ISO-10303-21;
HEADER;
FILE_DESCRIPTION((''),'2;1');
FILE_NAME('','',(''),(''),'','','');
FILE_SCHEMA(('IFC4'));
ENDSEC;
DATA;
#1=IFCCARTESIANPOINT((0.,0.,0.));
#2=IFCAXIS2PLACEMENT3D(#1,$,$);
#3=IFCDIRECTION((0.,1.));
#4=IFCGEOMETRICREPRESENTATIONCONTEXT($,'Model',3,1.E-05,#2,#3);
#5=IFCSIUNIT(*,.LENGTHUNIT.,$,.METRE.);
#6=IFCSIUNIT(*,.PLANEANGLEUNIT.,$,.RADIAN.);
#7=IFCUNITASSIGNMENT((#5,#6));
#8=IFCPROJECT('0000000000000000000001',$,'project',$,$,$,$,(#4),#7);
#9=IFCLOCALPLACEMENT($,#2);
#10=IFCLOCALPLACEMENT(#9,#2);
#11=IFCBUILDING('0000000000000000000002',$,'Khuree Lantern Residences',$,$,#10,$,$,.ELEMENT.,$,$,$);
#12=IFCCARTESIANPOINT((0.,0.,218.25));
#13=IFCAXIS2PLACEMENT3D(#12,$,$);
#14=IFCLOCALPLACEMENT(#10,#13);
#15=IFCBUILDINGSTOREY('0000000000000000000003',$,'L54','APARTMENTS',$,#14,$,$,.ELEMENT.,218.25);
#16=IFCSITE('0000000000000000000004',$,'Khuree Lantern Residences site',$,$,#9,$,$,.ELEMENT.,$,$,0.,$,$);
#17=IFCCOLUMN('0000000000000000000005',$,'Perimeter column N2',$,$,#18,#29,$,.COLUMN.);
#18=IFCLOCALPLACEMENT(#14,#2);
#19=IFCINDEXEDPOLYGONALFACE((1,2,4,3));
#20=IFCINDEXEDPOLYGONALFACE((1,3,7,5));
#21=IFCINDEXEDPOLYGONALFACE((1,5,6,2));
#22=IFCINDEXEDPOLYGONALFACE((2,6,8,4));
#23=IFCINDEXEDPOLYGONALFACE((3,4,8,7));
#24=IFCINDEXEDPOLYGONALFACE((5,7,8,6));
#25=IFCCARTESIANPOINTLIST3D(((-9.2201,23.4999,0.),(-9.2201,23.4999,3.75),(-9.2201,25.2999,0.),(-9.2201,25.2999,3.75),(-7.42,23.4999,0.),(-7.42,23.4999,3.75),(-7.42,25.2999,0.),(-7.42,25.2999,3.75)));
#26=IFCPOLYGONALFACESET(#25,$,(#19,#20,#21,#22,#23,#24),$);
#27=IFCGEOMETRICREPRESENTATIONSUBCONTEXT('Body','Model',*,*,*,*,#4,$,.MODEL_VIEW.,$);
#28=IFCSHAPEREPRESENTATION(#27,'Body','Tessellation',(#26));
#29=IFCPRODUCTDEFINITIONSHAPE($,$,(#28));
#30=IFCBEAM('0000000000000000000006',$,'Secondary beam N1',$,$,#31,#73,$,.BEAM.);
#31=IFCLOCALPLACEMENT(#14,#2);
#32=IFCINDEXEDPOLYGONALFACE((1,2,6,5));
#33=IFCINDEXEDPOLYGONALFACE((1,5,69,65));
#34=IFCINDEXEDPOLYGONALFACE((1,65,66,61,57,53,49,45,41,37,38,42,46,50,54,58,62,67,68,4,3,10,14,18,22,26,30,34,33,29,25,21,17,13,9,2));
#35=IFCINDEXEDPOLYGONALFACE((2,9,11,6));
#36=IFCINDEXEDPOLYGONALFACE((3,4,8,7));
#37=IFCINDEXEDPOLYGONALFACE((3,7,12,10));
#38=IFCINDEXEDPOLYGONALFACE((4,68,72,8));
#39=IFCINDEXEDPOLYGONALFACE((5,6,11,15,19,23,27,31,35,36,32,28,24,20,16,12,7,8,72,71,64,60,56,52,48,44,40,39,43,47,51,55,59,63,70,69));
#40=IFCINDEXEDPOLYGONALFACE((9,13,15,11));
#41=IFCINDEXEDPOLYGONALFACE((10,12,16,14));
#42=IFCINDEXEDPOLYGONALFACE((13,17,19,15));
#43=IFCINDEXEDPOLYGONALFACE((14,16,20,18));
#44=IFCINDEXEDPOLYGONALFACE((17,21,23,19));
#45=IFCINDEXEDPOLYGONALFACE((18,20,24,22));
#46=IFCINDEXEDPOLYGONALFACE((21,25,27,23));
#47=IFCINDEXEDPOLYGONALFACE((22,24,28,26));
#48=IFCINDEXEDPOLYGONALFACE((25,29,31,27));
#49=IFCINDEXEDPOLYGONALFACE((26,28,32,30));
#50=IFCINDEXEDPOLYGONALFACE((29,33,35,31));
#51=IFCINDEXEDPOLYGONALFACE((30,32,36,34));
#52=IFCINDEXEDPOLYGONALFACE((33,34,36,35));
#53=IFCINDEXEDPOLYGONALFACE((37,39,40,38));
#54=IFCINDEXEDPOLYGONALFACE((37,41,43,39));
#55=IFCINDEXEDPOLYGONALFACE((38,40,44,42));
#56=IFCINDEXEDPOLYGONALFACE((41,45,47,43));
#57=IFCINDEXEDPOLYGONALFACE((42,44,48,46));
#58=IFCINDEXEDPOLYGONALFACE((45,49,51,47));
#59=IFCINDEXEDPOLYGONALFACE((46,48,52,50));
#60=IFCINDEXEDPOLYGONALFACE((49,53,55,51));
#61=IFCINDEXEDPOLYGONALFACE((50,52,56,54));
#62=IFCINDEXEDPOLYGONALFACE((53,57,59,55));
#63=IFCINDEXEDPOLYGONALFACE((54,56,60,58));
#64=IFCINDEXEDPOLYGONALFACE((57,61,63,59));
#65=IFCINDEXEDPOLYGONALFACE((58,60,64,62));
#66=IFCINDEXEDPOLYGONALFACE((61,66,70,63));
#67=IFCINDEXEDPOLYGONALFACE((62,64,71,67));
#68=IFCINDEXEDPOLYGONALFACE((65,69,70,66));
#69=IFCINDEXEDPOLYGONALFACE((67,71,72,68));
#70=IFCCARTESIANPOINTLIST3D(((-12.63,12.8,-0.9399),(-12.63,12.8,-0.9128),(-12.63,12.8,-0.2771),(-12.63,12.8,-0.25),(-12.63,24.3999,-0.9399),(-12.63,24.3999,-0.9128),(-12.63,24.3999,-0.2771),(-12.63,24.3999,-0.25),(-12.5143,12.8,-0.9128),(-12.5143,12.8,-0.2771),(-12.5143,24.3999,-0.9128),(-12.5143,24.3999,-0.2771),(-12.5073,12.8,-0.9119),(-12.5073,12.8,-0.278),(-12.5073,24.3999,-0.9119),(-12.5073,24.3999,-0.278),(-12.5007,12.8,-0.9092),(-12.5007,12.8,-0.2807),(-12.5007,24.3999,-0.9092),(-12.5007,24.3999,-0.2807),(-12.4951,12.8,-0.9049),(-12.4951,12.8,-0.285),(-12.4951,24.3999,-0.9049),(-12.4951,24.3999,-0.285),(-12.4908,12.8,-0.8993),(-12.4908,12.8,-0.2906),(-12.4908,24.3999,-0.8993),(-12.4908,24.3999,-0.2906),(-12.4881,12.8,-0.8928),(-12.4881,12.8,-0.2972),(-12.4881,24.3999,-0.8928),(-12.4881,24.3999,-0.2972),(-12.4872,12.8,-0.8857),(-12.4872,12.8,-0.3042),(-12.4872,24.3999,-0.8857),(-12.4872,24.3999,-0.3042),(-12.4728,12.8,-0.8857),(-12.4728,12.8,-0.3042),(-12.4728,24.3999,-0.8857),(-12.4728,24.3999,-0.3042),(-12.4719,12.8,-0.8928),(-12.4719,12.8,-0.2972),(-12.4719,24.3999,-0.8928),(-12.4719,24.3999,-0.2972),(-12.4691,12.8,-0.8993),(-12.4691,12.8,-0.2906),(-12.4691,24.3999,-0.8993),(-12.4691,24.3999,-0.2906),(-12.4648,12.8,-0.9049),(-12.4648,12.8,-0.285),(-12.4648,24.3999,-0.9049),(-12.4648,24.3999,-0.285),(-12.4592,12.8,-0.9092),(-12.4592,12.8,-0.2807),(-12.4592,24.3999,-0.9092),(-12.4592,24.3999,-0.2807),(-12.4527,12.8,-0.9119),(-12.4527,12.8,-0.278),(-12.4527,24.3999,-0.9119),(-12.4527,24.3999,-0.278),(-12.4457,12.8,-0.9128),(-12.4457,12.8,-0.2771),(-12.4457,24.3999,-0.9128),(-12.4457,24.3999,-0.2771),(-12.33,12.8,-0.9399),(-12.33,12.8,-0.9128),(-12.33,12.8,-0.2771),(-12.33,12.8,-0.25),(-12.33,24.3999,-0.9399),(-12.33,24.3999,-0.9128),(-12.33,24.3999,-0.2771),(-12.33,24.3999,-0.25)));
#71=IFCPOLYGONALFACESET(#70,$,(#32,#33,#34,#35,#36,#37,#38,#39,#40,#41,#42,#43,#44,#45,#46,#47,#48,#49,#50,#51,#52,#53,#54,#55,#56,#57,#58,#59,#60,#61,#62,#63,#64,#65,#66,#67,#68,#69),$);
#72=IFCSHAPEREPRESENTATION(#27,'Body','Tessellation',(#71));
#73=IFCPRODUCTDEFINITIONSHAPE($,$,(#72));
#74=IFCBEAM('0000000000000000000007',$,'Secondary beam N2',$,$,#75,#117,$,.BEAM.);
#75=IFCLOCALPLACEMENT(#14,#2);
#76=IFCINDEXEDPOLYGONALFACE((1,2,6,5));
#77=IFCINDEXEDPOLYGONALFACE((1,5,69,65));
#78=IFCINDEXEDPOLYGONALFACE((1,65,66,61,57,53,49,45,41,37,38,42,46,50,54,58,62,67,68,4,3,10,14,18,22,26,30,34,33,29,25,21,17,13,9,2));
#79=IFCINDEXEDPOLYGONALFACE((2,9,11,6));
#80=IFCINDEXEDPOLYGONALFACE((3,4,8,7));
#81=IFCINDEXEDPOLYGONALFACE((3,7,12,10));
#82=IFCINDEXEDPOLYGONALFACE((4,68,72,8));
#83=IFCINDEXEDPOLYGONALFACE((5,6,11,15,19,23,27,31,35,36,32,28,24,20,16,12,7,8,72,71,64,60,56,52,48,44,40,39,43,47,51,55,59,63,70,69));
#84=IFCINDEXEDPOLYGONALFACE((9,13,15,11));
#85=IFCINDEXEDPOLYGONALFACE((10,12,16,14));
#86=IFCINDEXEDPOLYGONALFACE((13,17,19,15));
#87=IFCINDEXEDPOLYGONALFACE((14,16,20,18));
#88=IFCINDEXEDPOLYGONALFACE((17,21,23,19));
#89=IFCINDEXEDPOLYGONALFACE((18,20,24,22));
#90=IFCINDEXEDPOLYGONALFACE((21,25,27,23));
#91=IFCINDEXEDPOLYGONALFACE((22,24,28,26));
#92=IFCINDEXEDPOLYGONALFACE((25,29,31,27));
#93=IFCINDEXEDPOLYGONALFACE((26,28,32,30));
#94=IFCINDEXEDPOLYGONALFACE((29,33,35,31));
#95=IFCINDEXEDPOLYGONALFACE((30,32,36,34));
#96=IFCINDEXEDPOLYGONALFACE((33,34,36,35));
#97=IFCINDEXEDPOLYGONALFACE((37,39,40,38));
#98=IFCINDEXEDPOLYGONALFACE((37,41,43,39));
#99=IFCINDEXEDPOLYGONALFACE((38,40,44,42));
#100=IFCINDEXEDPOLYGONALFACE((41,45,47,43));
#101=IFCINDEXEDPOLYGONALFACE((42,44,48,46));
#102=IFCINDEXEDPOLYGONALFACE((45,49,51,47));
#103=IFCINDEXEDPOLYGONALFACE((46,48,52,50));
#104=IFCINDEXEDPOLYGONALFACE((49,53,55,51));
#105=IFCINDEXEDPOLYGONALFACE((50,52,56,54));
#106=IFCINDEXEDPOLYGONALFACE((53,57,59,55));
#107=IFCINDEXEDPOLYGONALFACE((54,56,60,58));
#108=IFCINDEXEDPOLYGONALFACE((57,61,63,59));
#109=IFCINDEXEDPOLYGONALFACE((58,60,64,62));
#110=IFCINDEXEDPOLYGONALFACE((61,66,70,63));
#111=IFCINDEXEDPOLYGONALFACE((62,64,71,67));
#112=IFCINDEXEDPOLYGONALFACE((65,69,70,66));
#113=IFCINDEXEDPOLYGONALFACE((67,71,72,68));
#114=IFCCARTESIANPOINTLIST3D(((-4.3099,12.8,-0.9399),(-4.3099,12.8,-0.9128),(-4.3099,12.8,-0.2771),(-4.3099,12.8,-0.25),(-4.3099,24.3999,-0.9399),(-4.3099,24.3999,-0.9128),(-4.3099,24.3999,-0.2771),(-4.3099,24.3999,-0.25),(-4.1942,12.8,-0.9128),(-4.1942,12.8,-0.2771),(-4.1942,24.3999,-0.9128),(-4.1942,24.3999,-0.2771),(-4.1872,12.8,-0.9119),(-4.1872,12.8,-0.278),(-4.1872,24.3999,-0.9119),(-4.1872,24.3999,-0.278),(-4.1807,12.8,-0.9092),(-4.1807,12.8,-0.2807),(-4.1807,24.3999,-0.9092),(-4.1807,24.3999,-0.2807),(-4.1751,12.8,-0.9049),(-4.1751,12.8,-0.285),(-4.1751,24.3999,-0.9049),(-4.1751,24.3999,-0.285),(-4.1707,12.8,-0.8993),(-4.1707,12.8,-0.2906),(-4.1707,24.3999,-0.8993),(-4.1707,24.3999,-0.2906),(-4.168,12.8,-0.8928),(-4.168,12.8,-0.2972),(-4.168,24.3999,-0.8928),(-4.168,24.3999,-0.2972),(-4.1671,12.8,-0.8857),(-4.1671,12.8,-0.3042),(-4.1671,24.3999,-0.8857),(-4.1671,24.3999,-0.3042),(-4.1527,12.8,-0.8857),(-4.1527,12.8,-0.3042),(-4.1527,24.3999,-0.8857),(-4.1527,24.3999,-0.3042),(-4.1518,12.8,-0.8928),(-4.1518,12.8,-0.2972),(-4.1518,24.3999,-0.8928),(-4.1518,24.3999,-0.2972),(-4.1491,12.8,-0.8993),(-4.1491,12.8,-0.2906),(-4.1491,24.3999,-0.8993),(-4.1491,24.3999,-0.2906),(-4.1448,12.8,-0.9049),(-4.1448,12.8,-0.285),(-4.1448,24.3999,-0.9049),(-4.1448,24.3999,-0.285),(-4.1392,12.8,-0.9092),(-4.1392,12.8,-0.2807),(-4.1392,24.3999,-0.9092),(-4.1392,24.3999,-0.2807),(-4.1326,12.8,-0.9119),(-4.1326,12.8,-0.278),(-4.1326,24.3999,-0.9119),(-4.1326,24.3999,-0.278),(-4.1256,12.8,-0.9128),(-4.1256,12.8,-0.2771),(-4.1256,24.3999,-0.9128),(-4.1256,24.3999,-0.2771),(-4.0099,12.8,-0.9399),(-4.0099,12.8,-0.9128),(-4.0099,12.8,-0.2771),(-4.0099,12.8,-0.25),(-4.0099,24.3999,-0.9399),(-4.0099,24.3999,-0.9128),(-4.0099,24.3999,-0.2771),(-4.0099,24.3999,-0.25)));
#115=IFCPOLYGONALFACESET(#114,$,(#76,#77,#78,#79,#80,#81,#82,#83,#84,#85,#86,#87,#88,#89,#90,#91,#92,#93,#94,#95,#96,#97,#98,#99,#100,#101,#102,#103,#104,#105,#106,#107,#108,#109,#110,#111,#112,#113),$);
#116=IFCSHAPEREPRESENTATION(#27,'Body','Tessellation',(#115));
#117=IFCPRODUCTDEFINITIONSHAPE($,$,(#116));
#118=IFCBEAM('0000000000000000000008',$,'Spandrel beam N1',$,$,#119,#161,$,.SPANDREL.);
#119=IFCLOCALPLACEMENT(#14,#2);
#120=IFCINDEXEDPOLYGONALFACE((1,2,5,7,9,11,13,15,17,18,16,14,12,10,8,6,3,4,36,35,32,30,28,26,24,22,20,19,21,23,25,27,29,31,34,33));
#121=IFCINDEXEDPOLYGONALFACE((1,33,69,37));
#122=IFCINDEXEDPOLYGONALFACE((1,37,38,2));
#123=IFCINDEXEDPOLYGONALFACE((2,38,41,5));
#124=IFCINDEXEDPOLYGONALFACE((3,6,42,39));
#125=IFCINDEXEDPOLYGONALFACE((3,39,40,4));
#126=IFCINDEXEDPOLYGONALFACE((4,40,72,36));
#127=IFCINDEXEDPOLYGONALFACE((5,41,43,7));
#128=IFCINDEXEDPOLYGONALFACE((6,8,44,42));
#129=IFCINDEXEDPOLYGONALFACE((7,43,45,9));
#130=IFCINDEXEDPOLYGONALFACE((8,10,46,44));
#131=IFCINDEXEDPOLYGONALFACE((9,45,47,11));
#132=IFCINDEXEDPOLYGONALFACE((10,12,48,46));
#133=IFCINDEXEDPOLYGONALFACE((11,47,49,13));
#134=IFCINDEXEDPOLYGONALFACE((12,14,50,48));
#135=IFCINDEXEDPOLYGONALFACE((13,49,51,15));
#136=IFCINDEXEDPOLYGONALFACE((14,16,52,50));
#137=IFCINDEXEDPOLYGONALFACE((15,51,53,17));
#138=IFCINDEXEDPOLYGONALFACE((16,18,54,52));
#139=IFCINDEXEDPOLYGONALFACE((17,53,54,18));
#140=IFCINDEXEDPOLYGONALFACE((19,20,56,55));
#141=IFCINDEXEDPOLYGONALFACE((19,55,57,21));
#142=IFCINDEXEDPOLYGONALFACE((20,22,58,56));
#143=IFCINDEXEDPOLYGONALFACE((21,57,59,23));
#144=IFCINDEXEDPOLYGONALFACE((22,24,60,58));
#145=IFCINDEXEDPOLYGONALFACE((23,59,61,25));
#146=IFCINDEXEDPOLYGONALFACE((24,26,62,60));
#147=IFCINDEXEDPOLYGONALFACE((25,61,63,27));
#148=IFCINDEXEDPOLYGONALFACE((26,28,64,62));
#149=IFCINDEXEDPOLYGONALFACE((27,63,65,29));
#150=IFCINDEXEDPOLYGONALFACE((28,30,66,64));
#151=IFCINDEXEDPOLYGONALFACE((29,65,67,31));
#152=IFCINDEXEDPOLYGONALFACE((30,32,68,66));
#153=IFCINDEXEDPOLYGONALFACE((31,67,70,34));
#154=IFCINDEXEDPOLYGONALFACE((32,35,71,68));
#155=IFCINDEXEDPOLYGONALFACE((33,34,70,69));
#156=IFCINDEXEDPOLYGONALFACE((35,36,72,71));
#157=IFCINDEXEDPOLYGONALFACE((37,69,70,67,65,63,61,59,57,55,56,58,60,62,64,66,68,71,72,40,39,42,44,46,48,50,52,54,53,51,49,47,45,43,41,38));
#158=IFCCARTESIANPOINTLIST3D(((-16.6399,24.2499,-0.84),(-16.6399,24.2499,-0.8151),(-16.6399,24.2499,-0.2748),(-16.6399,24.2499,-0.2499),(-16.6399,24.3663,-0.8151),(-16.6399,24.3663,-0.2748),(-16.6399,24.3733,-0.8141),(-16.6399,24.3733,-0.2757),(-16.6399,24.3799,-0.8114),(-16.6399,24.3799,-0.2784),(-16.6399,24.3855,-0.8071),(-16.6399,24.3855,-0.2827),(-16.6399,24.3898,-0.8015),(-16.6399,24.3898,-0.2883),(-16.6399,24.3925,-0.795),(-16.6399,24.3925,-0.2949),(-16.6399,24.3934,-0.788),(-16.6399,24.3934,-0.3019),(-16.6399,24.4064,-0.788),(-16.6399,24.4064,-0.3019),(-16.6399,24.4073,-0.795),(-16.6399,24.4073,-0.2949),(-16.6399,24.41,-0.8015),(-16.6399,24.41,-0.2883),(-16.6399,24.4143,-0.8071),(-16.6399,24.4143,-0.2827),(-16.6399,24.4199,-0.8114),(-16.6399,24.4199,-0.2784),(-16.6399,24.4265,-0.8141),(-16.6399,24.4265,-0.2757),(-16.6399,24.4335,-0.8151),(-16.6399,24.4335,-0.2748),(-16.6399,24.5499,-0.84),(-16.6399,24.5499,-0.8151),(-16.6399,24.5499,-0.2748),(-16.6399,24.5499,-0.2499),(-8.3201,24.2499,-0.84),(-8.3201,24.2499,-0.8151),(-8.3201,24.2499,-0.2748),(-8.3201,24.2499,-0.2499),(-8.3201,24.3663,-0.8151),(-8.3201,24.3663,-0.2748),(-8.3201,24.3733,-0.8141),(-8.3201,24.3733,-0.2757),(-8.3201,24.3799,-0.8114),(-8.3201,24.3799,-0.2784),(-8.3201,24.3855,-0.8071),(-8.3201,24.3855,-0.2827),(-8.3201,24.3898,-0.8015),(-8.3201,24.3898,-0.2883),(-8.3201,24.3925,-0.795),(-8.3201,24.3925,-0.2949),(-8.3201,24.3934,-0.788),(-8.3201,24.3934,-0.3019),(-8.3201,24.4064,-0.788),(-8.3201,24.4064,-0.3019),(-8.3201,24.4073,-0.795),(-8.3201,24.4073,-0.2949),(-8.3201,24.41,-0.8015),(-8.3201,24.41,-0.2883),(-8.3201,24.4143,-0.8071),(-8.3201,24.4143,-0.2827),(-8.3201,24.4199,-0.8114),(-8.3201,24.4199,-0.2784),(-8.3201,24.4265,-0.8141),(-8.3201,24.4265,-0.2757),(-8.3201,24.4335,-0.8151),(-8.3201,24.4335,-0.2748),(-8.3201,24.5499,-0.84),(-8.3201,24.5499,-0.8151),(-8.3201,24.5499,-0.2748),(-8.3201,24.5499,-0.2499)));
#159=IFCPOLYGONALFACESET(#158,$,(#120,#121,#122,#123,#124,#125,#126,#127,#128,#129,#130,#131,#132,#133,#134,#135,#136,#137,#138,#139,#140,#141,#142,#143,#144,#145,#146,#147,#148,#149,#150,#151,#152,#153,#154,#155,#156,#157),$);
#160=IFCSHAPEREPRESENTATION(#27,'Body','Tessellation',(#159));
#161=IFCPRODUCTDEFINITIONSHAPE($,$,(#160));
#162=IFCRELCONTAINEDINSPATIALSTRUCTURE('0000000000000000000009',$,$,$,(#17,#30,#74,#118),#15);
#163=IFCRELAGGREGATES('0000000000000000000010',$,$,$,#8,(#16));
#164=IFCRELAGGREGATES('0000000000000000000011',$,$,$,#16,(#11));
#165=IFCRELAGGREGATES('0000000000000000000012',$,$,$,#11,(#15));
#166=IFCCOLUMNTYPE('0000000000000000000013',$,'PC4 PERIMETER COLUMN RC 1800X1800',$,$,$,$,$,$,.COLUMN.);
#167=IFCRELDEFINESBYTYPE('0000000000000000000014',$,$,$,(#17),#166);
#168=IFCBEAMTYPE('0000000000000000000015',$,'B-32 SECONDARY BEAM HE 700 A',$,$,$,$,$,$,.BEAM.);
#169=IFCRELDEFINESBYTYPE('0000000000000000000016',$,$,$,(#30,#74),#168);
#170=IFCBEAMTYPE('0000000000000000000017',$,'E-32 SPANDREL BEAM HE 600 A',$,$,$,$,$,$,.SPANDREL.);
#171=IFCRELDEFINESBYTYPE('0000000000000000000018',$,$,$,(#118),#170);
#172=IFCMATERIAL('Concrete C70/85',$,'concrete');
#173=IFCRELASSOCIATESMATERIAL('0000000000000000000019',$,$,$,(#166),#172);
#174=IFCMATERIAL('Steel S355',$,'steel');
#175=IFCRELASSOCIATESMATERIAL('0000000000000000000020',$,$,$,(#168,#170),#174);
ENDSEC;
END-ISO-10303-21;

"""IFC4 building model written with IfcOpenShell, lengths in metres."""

from ifc_helpers import new_model, si_unit, direction, frame, origin, origin_2d, place, context, subcontext, project, spatial, rectangle, i_section, extrude, material, material_profile, profile_set, type_object, element, save


model = new_model("IFC4")

# Units and contexts
model_context = context("Model", 3, precision=1e-05, world=origin(), true_north=direction((0.0, 1.0)))
body_context = subcontext(model_context, "Body", "Model", "MODEL_VIEW")
ifc_project = project(units=[si_unit("LENGTHUNIT", "METRE"), si_unit("PLANEANGLEUNIT", "RADIAN")], contexts=[model_context])

# Site, building, storey
site_placement = place(None, origin())
site = spatial("IfcSite", under=ifc_project, at=site_placement, Name="Khuree Lantern Residences site", CompositionType="ELEMENT", RefElevation=0.0)
building_placement = place(site_placement, origin())
building = spatial("IfcBuilding", under=site, at=building_placement, Name="Khuree Lantern Residences", CompositionType="ELEMENT")
storey_placement = place(building_placement, frame((0.0, 0.0, 218.25)))
storey = spatial("IfcBuildingStorey", under=building, at=storey_placement, Name="L54", Description="APARTMENTS", CompositionType="ELEMENT", Elevation=218.25)

# Column
ifc_material_1 = material(Name="Concrete C70/85", Category="concrete")
ifc_material_profile_1 = material_profile(ifc_material_1, rectangle(XDim=1.8, YDim=1.8, at=origin_2d()), Name="RC 1800X1800")
ifc_profile_set_1 = profile_set([ifc_material_profile_1], Name="Concrete C70/85")
column_type = type_object("IfcColumnType", Name="PC4 PERIMETER COLUMN RC 1800X1800", PredefinedType="COLUMN", material=ifc_profile_set_1)
column_placement = place(storey_placement, frame((-8.3201, 24.3999, 0.0), z_axis=(0.0, 0.0, 1.0), x_axis=(1.0, 0.0, 0.0)))
element("IfcColumn", 1, at=column_placement, inside=storey, type_object=column_type, Name="Perimeter column N2", PredefinedType="COLUMN", context=body_context, shape_type="SweptSolid", body=[
    extrude(rectangle(XDim=1.8, YDim=1.8, at=origin_2d()), origin(), (0.0, 0.0, 1.0), 3.75),
])

# Beams
ifc_material_2 = material(Name="Steel S355", Category="steel")
ifc_material_profile_2 = material_profile(ifc_material_2, i_section(OverallWidth=0.3, OverallDepth=0.6899, WebThickness=0.0144, FlangeThickness=0.0271, FilletRadius=0.0271, at=origin_2d()), Name="HE 700 A")
ifc_profile_set_2 = profile_set([ifc_material_profile_2], Name="Steel S355")
beam_type_1 = type_object("IfcBeamType", Name="B-32 SECONDARY BEAM HE 700 A", PredefinedType="BEAM", material=ifc_profile_set_2)
for number, where, z_axis, x_axis, name in (
    (2, (-12.48, 24.3999, -0.595), (0.0, -1.0, 0.0), (1.0, 0.0, 0.0), "Secondary beam N1"),
    (3, (-4.1599, 24.3999, -0.595), (0.0, -1.0, 0.0), (1.0, 0.0, 0.0), "Secondary beam N2"),
):
    element("IfcBeam", number, at=place(storey_placement, frame(where, z_axis=z_axis, x_axis=x_axis)), inside=storey, type_object=beam_type_1, Name=name, PredefinedType="BEAM", context=body_context, shape_type="SweptSolid", body=[
        extrude(i_section(OverallWidth=0.3, OverallDepth=0.6899, WebThickness=0.0144, FlangeThickness=0.0271, FilletRadius=0.0271, at=origin_2d()), origin(), (0.0, 0.0, 1.0), 11.5999),
    ])
ifc_material_profile_3 = material_profile(ifc_material_2, i_section(OverallWidth=0.3, OverallDepth=0.5901, WebThickness=0.0129, FlangeThickness=0.0249, FilletRadius=0.0271, at=origin_2d()), Name="HE 600 A")
ifc_profile_set_3 = profile_set([ifc_material_profile_3], Name="Steel S355")
beam_type_2 = type_object("IfcBeamType", Name="E-32 SPANDREL BEAM HE 600 A", PredefinedType="SPANDREL", material=ifc_profile_set_3)
beam_1_placement = place(storey_placement, frame((-16.6399, 24.3999, -0.5449), z_axis=(1.0, 0.0, 0.0), x_axis=(0.0, 1.0, 0.0)))
element("IfcBeam", 4, at=beam_1_placement, inside=storey, type_object=beam_type_2, Name="Spandrel beam N1", PredefinedType="SPANDREL", context=body_context, shape_type="SweptSolid", body=[
    extrude(i_section(OverallWidth=0.3, OverallDepth=0.5901, WebThickness=0.0129, FlangeThickness=0.0249, FilletRadius=0.0271, at=origin_2d()), origin(), (0.0, 0.0, 1.0), 8.3198),
])

save(model, "model.ifc")
